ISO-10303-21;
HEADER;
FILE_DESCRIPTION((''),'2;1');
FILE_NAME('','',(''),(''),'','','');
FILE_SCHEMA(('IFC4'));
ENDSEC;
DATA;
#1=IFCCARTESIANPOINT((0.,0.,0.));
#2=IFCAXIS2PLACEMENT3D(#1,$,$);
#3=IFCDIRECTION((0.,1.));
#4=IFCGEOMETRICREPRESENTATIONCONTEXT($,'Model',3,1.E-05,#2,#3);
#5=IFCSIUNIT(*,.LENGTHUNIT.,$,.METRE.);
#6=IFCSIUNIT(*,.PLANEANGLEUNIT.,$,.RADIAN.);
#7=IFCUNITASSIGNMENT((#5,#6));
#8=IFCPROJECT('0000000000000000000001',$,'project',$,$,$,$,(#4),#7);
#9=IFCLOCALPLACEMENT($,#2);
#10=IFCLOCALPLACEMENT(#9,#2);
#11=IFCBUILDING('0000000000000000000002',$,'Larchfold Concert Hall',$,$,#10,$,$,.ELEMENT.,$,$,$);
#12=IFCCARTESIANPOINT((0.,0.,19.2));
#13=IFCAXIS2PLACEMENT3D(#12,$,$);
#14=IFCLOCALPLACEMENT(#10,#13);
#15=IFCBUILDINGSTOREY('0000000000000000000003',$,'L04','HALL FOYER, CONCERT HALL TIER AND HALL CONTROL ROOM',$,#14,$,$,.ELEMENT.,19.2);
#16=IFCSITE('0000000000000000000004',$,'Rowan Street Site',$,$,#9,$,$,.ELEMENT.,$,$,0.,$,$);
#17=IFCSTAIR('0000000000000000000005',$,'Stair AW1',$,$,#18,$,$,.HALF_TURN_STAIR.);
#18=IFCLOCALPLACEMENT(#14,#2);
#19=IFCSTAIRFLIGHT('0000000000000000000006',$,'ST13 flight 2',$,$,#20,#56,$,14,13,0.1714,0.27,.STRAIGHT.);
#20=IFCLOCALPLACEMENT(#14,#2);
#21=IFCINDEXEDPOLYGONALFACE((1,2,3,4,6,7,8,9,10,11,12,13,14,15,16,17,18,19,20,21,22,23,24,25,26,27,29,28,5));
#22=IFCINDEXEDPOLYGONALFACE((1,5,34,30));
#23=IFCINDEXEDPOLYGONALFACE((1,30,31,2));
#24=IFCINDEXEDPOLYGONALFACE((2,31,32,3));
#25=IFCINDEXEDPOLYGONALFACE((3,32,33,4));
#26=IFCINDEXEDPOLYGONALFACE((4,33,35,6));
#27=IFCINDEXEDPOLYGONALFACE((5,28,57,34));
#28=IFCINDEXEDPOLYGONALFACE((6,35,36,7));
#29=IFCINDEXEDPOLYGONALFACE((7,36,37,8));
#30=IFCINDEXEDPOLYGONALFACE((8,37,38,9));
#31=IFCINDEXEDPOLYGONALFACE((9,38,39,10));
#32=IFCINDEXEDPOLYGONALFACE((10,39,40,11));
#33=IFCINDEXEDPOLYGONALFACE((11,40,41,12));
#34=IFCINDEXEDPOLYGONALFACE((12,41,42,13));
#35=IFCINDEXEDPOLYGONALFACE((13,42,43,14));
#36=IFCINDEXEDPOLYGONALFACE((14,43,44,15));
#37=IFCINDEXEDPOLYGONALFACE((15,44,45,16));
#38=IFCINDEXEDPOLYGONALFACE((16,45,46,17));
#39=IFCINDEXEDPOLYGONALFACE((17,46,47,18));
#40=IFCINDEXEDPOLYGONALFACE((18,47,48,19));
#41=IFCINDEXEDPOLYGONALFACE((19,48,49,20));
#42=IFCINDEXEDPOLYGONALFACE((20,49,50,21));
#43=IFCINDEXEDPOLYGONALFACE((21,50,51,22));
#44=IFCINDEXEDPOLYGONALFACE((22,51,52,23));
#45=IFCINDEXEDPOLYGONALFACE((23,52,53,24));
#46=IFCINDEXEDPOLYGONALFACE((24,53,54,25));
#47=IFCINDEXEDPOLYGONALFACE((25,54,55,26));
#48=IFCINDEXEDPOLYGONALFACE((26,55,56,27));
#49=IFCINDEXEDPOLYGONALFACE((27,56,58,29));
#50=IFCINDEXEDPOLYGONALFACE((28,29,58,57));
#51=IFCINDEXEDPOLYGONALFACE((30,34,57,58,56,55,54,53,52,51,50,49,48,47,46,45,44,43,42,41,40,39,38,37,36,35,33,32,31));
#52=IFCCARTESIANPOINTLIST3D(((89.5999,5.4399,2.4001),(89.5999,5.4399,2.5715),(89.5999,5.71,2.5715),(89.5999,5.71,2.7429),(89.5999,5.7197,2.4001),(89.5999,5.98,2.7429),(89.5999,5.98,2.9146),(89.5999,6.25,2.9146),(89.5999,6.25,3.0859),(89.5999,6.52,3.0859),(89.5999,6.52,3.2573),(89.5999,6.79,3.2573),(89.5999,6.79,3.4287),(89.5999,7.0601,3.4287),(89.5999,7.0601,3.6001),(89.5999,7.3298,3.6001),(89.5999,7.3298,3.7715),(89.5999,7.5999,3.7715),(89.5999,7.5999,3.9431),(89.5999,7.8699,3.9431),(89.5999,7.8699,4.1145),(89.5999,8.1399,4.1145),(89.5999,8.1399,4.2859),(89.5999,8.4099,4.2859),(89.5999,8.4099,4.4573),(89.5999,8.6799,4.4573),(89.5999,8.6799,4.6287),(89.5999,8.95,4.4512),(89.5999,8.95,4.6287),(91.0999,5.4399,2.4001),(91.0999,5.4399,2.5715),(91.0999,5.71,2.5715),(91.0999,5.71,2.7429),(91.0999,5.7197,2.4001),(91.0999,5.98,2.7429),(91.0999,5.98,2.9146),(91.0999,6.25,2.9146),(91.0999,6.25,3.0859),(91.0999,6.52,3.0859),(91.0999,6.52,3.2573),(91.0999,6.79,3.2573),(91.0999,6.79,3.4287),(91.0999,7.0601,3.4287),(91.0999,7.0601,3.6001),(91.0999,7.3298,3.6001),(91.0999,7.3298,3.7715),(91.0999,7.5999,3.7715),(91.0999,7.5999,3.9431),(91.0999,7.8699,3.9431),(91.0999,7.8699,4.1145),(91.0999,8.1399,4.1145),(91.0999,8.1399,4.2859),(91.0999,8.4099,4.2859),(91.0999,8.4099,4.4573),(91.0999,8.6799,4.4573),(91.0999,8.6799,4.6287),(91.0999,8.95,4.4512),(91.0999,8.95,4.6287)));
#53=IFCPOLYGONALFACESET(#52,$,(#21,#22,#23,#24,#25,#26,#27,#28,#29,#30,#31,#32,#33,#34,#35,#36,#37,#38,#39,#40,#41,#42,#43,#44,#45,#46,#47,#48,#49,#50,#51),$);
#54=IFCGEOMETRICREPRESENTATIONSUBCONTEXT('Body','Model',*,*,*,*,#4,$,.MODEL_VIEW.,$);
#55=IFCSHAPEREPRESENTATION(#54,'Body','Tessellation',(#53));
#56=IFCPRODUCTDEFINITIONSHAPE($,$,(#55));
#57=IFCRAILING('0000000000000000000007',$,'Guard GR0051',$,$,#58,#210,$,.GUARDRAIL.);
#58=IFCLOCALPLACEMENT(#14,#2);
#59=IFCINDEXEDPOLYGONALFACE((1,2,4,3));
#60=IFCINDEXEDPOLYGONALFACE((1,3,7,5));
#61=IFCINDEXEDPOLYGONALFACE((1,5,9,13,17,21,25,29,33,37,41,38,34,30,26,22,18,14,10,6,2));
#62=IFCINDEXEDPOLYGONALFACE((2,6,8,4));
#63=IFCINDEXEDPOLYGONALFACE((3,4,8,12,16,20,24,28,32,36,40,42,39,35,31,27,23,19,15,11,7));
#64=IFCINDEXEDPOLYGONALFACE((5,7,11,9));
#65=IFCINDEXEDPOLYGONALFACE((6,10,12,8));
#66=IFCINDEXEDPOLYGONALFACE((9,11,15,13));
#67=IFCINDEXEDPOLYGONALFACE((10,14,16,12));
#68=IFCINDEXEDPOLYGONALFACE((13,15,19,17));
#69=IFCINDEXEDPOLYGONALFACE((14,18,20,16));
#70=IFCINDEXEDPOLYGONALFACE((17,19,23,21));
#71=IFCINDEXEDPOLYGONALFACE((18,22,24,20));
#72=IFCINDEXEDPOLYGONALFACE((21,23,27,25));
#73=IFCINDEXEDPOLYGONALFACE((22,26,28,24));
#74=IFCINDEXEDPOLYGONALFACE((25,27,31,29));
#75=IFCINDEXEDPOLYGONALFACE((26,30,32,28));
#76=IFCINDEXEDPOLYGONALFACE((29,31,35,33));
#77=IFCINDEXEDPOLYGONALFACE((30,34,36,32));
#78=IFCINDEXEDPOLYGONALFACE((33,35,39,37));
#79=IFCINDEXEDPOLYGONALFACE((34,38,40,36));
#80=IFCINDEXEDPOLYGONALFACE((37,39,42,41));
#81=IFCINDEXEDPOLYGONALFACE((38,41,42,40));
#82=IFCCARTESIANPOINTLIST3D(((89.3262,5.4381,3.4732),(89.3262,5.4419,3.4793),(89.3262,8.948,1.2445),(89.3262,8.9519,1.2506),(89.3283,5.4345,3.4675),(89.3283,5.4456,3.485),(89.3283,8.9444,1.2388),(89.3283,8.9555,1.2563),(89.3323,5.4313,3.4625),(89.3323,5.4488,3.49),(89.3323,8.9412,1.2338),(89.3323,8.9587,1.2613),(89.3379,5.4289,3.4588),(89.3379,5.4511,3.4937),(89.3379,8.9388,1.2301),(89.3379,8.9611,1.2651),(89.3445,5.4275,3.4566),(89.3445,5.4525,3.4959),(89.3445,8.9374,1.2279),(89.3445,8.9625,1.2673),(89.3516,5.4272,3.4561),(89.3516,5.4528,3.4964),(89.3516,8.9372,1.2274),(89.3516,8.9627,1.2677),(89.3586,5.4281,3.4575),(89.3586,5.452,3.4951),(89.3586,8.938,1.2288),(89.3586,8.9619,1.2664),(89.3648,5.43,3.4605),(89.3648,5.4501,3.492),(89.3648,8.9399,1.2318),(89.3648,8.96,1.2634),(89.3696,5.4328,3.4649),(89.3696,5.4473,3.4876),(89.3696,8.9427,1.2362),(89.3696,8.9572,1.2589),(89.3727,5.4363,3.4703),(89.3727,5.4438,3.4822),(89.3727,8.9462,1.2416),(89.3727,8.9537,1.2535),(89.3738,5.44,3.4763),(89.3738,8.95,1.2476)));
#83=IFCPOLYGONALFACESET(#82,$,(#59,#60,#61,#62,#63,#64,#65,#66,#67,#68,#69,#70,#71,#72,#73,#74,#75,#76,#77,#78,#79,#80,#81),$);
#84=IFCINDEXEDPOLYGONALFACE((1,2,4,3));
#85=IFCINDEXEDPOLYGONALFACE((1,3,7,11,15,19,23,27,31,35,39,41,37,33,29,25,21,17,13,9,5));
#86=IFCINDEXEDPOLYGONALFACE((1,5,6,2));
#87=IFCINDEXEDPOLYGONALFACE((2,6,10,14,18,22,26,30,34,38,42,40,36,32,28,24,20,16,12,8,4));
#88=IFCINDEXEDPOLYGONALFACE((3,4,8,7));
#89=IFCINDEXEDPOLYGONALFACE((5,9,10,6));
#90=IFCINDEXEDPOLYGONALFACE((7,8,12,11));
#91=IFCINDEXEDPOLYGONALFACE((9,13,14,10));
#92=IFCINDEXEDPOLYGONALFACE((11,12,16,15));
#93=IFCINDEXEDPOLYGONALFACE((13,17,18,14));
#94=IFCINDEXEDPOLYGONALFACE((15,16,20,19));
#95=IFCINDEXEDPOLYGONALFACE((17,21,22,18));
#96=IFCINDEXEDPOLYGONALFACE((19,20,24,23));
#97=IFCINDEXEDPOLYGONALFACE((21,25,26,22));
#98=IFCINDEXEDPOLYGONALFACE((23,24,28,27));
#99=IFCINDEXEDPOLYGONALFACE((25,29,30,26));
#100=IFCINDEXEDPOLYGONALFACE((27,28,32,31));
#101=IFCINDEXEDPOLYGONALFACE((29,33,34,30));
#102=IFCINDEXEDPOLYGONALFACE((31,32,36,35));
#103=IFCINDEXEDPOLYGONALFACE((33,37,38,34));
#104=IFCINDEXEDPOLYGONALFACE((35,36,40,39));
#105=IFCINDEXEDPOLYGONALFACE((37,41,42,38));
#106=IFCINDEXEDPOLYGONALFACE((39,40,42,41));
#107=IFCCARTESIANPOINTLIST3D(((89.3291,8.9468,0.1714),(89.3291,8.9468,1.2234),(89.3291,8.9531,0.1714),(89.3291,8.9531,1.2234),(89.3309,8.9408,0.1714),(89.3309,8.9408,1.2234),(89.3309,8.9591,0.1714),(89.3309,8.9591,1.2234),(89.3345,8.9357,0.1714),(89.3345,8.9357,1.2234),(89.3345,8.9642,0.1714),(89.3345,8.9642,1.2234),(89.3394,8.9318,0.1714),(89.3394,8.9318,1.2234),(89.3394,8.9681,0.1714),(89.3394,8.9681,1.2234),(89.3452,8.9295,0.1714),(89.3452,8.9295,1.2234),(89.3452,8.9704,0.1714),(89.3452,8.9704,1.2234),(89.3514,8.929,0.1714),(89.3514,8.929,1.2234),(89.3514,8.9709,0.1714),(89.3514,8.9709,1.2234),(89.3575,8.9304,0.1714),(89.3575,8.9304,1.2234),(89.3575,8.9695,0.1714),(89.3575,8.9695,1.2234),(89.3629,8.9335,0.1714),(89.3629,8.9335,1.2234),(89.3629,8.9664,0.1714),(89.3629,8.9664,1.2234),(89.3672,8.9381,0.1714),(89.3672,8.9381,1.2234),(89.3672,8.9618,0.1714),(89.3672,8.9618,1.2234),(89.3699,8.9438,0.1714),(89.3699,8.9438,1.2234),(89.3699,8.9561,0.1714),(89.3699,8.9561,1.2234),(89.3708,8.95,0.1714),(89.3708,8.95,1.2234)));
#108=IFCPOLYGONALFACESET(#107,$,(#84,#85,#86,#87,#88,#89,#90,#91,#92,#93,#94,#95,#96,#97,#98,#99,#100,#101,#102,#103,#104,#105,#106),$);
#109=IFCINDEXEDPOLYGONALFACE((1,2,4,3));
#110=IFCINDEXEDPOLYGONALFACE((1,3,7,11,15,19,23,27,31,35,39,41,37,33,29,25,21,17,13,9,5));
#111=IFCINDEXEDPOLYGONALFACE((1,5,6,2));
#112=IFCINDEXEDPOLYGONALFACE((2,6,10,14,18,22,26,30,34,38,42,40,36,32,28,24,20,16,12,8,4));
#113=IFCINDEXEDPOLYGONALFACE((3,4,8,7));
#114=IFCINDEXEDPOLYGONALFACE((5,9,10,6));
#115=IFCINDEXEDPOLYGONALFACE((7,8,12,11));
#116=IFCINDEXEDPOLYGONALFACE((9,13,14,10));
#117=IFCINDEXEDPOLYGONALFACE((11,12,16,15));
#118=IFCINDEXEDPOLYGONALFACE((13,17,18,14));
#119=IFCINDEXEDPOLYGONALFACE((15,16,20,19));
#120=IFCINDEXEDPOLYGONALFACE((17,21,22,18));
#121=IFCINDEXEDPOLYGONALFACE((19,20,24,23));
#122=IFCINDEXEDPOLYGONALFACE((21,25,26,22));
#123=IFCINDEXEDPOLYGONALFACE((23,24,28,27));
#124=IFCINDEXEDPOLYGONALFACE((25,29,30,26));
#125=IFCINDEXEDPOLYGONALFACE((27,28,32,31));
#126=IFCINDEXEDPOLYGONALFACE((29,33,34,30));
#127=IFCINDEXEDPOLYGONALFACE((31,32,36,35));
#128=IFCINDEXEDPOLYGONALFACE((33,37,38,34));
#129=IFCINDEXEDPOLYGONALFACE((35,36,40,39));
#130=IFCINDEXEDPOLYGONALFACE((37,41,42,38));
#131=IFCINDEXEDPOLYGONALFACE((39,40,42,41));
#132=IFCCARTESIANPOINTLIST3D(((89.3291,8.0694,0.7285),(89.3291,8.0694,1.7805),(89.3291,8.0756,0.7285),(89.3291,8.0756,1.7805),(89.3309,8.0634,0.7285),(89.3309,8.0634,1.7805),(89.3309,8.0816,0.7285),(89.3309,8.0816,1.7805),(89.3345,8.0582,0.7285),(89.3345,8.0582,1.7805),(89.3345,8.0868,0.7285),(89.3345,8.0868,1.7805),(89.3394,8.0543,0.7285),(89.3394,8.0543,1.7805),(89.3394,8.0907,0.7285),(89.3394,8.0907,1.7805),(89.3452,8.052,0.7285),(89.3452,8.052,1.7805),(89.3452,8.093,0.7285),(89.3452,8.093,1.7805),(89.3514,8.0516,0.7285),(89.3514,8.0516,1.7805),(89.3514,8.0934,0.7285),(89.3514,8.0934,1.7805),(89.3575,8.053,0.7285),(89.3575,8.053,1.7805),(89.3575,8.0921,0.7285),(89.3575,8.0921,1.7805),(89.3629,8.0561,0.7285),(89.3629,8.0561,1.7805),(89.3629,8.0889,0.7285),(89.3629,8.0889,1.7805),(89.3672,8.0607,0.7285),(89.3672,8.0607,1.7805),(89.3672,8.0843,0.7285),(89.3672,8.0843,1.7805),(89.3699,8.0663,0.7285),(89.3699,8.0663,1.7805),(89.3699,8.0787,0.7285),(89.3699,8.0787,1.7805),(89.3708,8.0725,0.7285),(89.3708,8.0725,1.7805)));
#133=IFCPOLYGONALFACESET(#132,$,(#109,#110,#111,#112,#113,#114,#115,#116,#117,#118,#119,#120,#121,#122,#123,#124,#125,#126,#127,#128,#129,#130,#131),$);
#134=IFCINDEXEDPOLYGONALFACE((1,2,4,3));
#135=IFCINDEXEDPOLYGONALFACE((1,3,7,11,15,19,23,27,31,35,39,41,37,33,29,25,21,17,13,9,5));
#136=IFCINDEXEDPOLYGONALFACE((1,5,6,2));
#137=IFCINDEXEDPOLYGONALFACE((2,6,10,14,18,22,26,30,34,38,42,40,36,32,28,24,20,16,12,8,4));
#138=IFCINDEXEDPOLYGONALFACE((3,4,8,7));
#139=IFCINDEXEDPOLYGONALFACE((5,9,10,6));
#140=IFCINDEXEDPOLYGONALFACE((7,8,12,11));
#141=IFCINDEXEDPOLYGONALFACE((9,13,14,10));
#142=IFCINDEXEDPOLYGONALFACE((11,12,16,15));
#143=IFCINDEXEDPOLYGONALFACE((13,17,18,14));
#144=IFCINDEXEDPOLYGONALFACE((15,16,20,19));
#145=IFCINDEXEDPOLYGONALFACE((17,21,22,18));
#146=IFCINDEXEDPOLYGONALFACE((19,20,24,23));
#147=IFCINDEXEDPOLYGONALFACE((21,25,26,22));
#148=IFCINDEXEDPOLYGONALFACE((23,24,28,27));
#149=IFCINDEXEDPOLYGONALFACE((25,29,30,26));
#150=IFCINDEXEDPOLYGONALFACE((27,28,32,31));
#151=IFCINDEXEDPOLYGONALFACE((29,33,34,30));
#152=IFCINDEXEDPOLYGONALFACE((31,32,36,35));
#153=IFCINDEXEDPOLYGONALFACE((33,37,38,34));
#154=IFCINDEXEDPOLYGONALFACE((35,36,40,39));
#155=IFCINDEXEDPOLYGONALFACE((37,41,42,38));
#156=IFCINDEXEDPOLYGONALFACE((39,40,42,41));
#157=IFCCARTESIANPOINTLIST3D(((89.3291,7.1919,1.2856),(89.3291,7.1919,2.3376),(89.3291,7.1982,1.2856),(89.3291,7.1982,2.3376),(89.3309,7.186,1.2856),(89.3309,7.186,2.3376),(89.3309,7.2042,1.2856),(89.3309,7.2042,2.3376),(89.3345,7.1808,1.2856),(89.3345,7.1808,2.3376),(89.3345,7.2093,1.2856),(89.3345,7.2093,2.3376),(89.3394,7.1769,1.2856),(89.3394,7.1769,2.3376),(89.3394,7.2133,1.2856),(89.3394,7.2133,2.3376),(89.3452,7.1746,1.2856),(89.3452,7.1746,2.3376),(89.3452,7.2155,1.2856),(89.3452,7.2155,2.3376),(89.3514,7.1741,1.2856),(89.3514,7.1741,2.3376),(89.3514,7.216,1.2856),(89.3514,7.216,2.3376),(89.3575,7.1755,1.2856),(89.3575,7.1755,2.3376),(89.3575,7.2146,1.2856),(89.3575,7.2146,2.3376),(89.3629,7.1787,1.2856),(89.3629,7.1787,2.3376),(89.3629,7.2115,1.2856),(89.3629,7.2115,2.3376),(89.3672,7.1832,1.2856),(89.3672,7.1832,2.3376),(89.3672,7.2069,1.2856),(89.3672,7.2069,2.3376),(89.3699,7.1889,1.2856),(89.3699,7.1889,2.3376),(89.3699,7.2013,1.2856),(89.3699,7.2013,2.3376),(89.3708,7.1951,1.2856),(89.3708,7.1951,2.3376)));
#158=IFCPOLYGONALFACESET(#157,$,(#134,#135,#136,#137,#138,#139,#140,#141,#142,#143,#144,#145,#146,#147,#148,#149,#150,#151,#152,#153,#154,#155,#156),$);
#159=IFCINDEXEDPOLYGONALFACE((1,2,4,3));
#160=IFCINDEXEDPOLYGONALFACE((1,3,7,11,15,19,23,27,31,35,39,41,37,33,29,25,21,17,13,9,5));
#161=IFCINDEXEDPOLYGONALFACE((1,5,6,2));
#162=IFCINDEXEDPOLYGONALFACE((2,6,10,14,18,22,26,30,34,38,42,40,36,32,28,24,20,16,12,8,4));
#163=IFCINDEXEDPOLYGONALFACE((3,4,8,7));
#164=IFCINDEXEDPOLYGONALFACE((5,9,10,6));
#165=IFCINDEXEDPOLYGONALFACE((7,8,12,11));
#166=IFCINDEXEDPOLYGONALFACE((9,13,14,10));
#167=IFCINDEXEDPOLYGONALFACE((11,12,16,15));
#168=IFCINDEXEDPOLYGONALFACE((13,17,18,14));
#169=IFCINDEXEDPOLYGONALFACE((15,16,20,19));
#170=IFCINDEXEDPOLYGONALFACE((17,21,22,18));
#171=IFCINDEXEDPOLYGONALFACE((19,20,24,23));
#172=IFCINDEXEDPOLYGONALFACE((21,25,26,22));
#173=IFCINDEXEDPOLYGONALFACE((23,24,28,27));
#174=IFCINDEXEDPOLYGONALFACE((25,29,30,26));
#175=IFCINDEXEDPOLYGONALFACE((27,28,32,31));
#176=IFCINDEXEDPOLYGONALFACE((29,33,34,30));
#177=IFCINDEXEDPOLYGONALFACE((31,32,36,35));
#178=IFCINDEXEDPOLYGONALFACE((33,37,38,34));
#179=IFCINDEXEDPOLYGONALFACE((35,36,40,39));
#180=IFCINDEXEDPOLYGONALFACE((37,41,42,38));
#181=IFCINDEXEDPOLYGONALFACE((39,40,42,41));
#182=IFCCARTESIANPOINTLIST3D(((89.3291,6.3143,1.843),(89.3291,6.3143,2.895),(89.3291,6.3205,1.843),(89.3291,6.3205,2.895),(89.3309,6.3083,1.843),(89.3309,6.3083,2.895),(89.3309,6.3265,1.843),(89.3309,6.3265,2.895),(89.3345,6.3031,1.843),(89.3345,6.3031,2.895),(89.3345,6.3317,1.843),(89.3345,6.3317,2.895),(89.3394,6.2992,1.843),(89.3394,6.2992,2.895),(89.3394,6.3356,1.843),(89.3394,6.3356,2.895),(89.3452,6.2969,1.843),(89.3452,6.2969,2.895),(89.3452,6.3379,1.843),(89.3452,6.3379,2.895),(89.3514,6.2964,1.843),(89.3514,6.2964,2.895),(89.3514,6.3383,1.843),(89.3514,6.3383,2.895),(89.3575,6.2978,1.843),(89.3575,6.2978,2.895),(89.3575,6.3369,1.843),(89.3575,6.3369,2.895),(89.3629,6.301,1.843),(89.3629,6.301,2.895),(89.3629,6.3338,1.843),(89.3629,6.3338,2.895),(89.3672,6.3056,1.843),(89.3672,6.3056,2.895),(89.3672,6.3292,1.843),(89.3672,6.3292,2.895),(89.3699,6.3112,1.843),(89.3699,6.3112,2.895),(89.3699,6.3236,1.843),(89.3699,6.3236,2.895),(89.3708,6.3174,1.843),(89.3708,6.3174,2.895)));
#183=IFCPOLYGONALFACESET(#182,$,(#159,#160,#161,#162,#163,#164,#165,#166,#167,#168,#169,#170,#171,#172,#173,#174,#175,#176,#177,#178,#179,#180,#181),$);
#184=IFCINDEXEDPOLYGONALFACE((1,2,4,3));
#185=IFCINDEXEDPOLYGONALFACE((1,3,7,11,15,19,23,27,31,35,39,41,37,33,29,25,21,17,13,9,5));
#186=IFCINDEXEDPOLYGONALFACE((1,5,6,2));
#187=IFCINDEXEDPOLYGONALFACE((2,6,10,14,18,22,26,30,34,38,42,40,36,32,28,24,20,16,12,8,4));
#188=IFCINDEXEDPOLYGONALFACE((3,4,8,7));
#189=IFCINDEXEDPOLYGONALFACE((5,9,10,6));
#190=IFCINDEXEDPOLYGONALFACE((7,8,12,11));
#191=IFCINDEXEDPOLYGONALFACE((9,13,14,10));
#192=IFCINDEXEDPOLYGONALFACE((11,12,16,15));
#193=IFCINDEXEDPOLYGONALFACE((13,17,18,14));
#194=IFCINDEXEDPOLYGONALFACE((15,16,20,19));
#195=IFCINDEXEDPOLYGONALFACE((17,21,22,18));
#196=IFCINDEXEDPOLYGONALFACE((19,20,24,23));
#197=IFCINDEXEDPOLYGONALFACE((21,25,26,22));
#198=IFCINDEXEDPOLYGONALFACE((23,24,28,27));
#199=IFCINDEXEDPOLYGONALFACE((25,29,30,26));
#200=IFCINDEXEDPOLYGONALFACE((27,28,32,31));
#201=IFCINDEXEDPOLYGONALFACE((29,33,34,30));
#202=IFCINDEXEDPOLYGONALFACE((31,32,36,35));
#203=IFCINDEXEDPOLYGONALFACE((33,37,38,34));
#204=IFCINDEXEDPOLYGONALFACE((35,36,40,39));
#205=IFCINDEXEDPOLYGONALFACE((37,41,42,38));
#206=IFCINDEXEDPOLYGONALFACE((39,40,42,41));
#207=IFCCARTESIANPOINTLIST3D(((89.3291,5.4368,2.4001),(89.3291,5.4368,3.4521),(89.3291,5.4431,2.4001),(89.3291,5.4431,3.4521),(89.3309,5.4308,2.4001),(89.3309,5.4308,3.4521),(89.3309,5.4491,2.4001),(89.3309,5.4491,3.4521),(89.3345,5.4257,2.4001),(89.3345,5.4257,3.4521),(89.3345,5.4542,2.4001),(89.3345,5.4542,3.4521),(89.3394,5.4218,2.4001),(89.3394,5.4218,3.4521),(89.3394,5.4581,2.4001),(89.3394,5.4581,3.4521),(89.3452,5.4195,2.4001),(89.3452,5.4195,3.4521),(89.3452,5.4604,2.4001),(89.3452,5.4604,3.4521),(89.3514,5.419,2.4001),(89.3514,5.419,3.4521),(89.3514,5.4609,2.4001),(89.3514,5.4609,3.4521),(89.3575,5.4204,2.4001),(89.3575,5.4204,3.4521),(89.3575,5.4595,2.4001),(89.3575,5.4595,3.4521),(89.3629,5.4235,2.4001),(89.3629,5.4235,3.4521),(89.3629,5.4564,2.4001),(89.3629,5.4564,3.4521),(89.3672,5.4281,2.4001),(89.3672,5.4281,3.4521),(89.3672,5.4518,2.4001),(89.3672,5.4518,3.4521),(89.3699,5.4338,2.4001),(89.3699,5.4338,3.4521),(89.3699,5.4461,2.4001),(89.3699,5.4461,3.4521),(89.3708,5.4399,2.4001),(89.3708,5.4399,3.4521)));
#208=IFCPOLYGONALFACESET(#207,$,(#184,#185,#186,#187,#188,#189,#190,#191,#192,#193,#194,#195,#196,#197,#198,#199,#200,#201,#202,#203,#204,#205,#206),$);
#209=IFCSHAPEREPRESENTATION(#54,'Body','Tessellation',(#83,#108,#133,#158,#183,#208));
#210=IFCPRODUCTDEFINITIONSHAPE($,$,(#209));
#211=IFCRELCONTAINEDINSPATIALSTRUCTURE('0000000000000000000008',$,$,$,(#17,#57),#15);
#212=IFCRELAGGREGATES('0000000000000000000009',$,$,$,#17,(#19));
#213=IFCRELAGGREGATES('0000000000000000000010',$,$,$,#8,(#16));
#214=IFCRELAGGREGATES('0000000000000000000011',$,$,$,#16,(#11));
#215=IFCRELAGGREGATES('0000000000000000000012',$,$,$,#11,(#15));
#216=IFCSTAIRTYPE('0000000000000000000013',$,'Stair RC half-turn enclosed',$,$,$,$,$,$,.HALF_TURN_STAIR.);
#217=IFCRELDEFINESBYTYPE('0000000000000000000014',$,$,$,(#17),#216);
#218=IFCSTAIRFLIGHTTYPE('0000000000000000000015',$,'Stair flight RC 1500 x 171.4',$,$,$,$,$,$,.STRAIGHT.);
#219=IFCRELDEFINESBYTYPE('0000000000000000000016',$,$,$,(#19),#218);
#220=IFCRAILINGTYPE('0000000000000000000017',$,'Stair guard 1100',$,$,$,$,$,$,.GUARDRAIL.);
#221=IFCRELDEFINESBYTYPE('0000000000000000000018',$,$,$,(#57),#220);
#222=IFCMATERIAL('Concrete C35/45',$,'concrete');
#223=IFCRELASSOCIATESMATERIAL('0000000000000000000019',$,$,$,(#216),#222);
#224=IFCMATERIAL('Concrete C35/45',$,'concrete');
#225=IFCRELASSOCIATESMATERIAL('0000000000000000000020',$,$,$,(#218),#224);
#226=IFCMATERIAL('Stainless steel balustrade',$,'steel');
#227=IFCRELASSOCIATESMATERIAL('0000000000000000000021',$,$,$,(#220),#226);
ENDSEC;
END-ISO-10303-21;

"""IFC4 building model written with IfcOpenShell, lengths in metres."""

from ifc_helpers import new_model, si_unit, direction, frame, origin, origin_2d, place, context, subcontext, project, spatial, polyline, circle, outline, extrude, material, type_object, element, aggregate, save


model = new_model("IFC4")

# Units and contexts
model_context = context("Model", 3, precision=1e-05, world=origin(), true_north=direction((0.0, 1.0)))
body_context = subcontext(model_context, "Body", "Model", "MODEL_VIEW")
ifc_project = project(units=[si_unit("LENGTHUNIT", "METRE"), si_unit("PLANEANGLEUNIT", "RADIAN")], contexts=[model_context])

# Site, building, storey
site_placement = place(None, origin())
site = spatial("IfcSite", under=ifc_project, at=site_placement, Name="Rowan Street Site", CompositionType="ELEMENT", RefElevation=0.0)
building_placement = place(site_placement, origin())
building = spatial("IfcBuilding", under=site, at=building_placement, Name="Larchfold Concert Hall", CompositionType="ELEMENT")
storey_placement = place(building_placement, frame((0.0, 0.0, 19.2)))
storey = spatial("IfcBuildingStorey", under=building, at=storey_placement, Name="L04", Description="HALL FOYER, CONCERT HALL TIER AND HALL CONTROL ROOM", CompositionType="ELEMENT", Elevation=19.2)

# Stair, stair flight
ifc_material_1 = material(Name="Concrete C35/45", Category="concrete")
stair_type = type_object("IfcStairType", Name="Stair RC half-turn enclosed", PredefinedType="HALF_TURN_STAIR", material=ifc_material_1)
stair_placement = place(storey_placement, origin())
stair = element("IfcStair", 1, at=stair_placement, inside=storey, type_object=stair_type, Name="Stair AW1", PredefinedType="HALF_TURN_STAIR")
ifc_material_2 = material(Name="Concrete C35/45", Category="concrete")
stair_flight_type = type_object("IfcStairFlightType", Name="Stair flight RC 1500 x 171.4", PredefinedType="STRAIGHT", material=ifc_material_2)
stair_flight_1_placement = place(storey_placement, frame((90.3499, 5.4399, 2.4001), z_axis=(0.0, 0.0, 1.0), x_axis=(0.0, 1.0, 0.0)))
stair_flight_1 = element("IfcStairFlight", 2, at=stair_flight_1_placement, type_object=stair_flight_type, Name="ST13 flight 2", NumberOfRisers=14, NumberOfTreads=13, PredefinedType="STRAIGHT", RiserHeight=0.1714, TreadLength=0.27, context=body_context, shape_type="SweptSolid", body=[
    extrude(outline(polyline([(0.0, 0.0), (0.0, 0.1714), (0.27, 0.1714), (0.27, 0.3428), (0.54, 0.3428), (0.54, 0.5144), (0.8101, 0.5144), (0.8101, 0.6858), (1.0801, 0.6858), (1.0801, 0.8572), (1.3501, 0.8572), (1.3501, 1.0286), (1.6201, 1.0286), (1.6201, 1.2), (1.8899, 1.2), (1.8899, 1.3713), (2.1599, 1.3713), (2.1599, 1.543), (2.4299, 1.543), (2.4299, 1.7144), (2.7, 1.7144), (2.7, 1.8857), (2.97, 1.8857), (2.97, 2.0571), (3.24, 2.0571), (3.24, 2.2285), (3.51, 2.2285), (3.51, 2.3999), (3.51, 2.051), (0.2798, 0.0), (0.0, 0.0)])), frame((0.0, 0.75, 0.0), z_axis=(0.0, -1.0, 0.0), x_axis=(1.0, 0.0, 0.0)), (0.0, 0.0, 1.0), 1.5),
])
aggregate(stair, [stair_flight_1])

# Railing
ifc_material_3 = material(Name="Stainless steel balustrade", Category="steel")
railing_type_1 = type_object("IfcRailingType", Name="Stair guard 1100", PredefinedType="GUARDRAIL", material=ifc_material_3)
railing_1_placement = place(storey_placement, frame((89.3499, 8.95, 0.1714)))
element("IfcRailing", 3, at=railing_1_placement, inside=storey, type_object=railing_type_1, Name="Guard GR0051", PredefinedType="GUARDRAIL", context=body_context, shape_type="SweptSolid", body=[
    extrude(circle(Radius=0.0239, at=origin_2d()), frame((0.0, 0.0, 1.0762), z_axis=(0.0, -0.844193, 0.536039), x_axis=(1.0, 0.0, 0.0)), (0.0, 0.0, 1.0), 4.1577),
    extrude(circle(Radius=0.021, at=origin_2d()), origin(), (0.0, 0.0, 1.0), 1.052),
    extrude(circle(Radius=0.021, at=origin_2d()), frame((0.0, -0.8774, 0.5571)), (0.0, 0.0, 1.0), 1.052),
    extrude(circle(Radius=0.021, at=origin_2d()), frame((0.0, -1.7549, 1.1143)), (0.0, 0.0, 1.0), 1.052),
    extrude(circle(Radius=0.021, at=origin_2d()), frame((0.0, -2.6326, 1.6716)), (0.0, 0.0, 1.0), 1.052),
    extrude(circle(Radius=0.021, at=origin_2d()), frame((0.0, -3.51, 2.2288)), (0.0, 0.0, 1.0), 1.052),
])

save(model, "model.ifc")
